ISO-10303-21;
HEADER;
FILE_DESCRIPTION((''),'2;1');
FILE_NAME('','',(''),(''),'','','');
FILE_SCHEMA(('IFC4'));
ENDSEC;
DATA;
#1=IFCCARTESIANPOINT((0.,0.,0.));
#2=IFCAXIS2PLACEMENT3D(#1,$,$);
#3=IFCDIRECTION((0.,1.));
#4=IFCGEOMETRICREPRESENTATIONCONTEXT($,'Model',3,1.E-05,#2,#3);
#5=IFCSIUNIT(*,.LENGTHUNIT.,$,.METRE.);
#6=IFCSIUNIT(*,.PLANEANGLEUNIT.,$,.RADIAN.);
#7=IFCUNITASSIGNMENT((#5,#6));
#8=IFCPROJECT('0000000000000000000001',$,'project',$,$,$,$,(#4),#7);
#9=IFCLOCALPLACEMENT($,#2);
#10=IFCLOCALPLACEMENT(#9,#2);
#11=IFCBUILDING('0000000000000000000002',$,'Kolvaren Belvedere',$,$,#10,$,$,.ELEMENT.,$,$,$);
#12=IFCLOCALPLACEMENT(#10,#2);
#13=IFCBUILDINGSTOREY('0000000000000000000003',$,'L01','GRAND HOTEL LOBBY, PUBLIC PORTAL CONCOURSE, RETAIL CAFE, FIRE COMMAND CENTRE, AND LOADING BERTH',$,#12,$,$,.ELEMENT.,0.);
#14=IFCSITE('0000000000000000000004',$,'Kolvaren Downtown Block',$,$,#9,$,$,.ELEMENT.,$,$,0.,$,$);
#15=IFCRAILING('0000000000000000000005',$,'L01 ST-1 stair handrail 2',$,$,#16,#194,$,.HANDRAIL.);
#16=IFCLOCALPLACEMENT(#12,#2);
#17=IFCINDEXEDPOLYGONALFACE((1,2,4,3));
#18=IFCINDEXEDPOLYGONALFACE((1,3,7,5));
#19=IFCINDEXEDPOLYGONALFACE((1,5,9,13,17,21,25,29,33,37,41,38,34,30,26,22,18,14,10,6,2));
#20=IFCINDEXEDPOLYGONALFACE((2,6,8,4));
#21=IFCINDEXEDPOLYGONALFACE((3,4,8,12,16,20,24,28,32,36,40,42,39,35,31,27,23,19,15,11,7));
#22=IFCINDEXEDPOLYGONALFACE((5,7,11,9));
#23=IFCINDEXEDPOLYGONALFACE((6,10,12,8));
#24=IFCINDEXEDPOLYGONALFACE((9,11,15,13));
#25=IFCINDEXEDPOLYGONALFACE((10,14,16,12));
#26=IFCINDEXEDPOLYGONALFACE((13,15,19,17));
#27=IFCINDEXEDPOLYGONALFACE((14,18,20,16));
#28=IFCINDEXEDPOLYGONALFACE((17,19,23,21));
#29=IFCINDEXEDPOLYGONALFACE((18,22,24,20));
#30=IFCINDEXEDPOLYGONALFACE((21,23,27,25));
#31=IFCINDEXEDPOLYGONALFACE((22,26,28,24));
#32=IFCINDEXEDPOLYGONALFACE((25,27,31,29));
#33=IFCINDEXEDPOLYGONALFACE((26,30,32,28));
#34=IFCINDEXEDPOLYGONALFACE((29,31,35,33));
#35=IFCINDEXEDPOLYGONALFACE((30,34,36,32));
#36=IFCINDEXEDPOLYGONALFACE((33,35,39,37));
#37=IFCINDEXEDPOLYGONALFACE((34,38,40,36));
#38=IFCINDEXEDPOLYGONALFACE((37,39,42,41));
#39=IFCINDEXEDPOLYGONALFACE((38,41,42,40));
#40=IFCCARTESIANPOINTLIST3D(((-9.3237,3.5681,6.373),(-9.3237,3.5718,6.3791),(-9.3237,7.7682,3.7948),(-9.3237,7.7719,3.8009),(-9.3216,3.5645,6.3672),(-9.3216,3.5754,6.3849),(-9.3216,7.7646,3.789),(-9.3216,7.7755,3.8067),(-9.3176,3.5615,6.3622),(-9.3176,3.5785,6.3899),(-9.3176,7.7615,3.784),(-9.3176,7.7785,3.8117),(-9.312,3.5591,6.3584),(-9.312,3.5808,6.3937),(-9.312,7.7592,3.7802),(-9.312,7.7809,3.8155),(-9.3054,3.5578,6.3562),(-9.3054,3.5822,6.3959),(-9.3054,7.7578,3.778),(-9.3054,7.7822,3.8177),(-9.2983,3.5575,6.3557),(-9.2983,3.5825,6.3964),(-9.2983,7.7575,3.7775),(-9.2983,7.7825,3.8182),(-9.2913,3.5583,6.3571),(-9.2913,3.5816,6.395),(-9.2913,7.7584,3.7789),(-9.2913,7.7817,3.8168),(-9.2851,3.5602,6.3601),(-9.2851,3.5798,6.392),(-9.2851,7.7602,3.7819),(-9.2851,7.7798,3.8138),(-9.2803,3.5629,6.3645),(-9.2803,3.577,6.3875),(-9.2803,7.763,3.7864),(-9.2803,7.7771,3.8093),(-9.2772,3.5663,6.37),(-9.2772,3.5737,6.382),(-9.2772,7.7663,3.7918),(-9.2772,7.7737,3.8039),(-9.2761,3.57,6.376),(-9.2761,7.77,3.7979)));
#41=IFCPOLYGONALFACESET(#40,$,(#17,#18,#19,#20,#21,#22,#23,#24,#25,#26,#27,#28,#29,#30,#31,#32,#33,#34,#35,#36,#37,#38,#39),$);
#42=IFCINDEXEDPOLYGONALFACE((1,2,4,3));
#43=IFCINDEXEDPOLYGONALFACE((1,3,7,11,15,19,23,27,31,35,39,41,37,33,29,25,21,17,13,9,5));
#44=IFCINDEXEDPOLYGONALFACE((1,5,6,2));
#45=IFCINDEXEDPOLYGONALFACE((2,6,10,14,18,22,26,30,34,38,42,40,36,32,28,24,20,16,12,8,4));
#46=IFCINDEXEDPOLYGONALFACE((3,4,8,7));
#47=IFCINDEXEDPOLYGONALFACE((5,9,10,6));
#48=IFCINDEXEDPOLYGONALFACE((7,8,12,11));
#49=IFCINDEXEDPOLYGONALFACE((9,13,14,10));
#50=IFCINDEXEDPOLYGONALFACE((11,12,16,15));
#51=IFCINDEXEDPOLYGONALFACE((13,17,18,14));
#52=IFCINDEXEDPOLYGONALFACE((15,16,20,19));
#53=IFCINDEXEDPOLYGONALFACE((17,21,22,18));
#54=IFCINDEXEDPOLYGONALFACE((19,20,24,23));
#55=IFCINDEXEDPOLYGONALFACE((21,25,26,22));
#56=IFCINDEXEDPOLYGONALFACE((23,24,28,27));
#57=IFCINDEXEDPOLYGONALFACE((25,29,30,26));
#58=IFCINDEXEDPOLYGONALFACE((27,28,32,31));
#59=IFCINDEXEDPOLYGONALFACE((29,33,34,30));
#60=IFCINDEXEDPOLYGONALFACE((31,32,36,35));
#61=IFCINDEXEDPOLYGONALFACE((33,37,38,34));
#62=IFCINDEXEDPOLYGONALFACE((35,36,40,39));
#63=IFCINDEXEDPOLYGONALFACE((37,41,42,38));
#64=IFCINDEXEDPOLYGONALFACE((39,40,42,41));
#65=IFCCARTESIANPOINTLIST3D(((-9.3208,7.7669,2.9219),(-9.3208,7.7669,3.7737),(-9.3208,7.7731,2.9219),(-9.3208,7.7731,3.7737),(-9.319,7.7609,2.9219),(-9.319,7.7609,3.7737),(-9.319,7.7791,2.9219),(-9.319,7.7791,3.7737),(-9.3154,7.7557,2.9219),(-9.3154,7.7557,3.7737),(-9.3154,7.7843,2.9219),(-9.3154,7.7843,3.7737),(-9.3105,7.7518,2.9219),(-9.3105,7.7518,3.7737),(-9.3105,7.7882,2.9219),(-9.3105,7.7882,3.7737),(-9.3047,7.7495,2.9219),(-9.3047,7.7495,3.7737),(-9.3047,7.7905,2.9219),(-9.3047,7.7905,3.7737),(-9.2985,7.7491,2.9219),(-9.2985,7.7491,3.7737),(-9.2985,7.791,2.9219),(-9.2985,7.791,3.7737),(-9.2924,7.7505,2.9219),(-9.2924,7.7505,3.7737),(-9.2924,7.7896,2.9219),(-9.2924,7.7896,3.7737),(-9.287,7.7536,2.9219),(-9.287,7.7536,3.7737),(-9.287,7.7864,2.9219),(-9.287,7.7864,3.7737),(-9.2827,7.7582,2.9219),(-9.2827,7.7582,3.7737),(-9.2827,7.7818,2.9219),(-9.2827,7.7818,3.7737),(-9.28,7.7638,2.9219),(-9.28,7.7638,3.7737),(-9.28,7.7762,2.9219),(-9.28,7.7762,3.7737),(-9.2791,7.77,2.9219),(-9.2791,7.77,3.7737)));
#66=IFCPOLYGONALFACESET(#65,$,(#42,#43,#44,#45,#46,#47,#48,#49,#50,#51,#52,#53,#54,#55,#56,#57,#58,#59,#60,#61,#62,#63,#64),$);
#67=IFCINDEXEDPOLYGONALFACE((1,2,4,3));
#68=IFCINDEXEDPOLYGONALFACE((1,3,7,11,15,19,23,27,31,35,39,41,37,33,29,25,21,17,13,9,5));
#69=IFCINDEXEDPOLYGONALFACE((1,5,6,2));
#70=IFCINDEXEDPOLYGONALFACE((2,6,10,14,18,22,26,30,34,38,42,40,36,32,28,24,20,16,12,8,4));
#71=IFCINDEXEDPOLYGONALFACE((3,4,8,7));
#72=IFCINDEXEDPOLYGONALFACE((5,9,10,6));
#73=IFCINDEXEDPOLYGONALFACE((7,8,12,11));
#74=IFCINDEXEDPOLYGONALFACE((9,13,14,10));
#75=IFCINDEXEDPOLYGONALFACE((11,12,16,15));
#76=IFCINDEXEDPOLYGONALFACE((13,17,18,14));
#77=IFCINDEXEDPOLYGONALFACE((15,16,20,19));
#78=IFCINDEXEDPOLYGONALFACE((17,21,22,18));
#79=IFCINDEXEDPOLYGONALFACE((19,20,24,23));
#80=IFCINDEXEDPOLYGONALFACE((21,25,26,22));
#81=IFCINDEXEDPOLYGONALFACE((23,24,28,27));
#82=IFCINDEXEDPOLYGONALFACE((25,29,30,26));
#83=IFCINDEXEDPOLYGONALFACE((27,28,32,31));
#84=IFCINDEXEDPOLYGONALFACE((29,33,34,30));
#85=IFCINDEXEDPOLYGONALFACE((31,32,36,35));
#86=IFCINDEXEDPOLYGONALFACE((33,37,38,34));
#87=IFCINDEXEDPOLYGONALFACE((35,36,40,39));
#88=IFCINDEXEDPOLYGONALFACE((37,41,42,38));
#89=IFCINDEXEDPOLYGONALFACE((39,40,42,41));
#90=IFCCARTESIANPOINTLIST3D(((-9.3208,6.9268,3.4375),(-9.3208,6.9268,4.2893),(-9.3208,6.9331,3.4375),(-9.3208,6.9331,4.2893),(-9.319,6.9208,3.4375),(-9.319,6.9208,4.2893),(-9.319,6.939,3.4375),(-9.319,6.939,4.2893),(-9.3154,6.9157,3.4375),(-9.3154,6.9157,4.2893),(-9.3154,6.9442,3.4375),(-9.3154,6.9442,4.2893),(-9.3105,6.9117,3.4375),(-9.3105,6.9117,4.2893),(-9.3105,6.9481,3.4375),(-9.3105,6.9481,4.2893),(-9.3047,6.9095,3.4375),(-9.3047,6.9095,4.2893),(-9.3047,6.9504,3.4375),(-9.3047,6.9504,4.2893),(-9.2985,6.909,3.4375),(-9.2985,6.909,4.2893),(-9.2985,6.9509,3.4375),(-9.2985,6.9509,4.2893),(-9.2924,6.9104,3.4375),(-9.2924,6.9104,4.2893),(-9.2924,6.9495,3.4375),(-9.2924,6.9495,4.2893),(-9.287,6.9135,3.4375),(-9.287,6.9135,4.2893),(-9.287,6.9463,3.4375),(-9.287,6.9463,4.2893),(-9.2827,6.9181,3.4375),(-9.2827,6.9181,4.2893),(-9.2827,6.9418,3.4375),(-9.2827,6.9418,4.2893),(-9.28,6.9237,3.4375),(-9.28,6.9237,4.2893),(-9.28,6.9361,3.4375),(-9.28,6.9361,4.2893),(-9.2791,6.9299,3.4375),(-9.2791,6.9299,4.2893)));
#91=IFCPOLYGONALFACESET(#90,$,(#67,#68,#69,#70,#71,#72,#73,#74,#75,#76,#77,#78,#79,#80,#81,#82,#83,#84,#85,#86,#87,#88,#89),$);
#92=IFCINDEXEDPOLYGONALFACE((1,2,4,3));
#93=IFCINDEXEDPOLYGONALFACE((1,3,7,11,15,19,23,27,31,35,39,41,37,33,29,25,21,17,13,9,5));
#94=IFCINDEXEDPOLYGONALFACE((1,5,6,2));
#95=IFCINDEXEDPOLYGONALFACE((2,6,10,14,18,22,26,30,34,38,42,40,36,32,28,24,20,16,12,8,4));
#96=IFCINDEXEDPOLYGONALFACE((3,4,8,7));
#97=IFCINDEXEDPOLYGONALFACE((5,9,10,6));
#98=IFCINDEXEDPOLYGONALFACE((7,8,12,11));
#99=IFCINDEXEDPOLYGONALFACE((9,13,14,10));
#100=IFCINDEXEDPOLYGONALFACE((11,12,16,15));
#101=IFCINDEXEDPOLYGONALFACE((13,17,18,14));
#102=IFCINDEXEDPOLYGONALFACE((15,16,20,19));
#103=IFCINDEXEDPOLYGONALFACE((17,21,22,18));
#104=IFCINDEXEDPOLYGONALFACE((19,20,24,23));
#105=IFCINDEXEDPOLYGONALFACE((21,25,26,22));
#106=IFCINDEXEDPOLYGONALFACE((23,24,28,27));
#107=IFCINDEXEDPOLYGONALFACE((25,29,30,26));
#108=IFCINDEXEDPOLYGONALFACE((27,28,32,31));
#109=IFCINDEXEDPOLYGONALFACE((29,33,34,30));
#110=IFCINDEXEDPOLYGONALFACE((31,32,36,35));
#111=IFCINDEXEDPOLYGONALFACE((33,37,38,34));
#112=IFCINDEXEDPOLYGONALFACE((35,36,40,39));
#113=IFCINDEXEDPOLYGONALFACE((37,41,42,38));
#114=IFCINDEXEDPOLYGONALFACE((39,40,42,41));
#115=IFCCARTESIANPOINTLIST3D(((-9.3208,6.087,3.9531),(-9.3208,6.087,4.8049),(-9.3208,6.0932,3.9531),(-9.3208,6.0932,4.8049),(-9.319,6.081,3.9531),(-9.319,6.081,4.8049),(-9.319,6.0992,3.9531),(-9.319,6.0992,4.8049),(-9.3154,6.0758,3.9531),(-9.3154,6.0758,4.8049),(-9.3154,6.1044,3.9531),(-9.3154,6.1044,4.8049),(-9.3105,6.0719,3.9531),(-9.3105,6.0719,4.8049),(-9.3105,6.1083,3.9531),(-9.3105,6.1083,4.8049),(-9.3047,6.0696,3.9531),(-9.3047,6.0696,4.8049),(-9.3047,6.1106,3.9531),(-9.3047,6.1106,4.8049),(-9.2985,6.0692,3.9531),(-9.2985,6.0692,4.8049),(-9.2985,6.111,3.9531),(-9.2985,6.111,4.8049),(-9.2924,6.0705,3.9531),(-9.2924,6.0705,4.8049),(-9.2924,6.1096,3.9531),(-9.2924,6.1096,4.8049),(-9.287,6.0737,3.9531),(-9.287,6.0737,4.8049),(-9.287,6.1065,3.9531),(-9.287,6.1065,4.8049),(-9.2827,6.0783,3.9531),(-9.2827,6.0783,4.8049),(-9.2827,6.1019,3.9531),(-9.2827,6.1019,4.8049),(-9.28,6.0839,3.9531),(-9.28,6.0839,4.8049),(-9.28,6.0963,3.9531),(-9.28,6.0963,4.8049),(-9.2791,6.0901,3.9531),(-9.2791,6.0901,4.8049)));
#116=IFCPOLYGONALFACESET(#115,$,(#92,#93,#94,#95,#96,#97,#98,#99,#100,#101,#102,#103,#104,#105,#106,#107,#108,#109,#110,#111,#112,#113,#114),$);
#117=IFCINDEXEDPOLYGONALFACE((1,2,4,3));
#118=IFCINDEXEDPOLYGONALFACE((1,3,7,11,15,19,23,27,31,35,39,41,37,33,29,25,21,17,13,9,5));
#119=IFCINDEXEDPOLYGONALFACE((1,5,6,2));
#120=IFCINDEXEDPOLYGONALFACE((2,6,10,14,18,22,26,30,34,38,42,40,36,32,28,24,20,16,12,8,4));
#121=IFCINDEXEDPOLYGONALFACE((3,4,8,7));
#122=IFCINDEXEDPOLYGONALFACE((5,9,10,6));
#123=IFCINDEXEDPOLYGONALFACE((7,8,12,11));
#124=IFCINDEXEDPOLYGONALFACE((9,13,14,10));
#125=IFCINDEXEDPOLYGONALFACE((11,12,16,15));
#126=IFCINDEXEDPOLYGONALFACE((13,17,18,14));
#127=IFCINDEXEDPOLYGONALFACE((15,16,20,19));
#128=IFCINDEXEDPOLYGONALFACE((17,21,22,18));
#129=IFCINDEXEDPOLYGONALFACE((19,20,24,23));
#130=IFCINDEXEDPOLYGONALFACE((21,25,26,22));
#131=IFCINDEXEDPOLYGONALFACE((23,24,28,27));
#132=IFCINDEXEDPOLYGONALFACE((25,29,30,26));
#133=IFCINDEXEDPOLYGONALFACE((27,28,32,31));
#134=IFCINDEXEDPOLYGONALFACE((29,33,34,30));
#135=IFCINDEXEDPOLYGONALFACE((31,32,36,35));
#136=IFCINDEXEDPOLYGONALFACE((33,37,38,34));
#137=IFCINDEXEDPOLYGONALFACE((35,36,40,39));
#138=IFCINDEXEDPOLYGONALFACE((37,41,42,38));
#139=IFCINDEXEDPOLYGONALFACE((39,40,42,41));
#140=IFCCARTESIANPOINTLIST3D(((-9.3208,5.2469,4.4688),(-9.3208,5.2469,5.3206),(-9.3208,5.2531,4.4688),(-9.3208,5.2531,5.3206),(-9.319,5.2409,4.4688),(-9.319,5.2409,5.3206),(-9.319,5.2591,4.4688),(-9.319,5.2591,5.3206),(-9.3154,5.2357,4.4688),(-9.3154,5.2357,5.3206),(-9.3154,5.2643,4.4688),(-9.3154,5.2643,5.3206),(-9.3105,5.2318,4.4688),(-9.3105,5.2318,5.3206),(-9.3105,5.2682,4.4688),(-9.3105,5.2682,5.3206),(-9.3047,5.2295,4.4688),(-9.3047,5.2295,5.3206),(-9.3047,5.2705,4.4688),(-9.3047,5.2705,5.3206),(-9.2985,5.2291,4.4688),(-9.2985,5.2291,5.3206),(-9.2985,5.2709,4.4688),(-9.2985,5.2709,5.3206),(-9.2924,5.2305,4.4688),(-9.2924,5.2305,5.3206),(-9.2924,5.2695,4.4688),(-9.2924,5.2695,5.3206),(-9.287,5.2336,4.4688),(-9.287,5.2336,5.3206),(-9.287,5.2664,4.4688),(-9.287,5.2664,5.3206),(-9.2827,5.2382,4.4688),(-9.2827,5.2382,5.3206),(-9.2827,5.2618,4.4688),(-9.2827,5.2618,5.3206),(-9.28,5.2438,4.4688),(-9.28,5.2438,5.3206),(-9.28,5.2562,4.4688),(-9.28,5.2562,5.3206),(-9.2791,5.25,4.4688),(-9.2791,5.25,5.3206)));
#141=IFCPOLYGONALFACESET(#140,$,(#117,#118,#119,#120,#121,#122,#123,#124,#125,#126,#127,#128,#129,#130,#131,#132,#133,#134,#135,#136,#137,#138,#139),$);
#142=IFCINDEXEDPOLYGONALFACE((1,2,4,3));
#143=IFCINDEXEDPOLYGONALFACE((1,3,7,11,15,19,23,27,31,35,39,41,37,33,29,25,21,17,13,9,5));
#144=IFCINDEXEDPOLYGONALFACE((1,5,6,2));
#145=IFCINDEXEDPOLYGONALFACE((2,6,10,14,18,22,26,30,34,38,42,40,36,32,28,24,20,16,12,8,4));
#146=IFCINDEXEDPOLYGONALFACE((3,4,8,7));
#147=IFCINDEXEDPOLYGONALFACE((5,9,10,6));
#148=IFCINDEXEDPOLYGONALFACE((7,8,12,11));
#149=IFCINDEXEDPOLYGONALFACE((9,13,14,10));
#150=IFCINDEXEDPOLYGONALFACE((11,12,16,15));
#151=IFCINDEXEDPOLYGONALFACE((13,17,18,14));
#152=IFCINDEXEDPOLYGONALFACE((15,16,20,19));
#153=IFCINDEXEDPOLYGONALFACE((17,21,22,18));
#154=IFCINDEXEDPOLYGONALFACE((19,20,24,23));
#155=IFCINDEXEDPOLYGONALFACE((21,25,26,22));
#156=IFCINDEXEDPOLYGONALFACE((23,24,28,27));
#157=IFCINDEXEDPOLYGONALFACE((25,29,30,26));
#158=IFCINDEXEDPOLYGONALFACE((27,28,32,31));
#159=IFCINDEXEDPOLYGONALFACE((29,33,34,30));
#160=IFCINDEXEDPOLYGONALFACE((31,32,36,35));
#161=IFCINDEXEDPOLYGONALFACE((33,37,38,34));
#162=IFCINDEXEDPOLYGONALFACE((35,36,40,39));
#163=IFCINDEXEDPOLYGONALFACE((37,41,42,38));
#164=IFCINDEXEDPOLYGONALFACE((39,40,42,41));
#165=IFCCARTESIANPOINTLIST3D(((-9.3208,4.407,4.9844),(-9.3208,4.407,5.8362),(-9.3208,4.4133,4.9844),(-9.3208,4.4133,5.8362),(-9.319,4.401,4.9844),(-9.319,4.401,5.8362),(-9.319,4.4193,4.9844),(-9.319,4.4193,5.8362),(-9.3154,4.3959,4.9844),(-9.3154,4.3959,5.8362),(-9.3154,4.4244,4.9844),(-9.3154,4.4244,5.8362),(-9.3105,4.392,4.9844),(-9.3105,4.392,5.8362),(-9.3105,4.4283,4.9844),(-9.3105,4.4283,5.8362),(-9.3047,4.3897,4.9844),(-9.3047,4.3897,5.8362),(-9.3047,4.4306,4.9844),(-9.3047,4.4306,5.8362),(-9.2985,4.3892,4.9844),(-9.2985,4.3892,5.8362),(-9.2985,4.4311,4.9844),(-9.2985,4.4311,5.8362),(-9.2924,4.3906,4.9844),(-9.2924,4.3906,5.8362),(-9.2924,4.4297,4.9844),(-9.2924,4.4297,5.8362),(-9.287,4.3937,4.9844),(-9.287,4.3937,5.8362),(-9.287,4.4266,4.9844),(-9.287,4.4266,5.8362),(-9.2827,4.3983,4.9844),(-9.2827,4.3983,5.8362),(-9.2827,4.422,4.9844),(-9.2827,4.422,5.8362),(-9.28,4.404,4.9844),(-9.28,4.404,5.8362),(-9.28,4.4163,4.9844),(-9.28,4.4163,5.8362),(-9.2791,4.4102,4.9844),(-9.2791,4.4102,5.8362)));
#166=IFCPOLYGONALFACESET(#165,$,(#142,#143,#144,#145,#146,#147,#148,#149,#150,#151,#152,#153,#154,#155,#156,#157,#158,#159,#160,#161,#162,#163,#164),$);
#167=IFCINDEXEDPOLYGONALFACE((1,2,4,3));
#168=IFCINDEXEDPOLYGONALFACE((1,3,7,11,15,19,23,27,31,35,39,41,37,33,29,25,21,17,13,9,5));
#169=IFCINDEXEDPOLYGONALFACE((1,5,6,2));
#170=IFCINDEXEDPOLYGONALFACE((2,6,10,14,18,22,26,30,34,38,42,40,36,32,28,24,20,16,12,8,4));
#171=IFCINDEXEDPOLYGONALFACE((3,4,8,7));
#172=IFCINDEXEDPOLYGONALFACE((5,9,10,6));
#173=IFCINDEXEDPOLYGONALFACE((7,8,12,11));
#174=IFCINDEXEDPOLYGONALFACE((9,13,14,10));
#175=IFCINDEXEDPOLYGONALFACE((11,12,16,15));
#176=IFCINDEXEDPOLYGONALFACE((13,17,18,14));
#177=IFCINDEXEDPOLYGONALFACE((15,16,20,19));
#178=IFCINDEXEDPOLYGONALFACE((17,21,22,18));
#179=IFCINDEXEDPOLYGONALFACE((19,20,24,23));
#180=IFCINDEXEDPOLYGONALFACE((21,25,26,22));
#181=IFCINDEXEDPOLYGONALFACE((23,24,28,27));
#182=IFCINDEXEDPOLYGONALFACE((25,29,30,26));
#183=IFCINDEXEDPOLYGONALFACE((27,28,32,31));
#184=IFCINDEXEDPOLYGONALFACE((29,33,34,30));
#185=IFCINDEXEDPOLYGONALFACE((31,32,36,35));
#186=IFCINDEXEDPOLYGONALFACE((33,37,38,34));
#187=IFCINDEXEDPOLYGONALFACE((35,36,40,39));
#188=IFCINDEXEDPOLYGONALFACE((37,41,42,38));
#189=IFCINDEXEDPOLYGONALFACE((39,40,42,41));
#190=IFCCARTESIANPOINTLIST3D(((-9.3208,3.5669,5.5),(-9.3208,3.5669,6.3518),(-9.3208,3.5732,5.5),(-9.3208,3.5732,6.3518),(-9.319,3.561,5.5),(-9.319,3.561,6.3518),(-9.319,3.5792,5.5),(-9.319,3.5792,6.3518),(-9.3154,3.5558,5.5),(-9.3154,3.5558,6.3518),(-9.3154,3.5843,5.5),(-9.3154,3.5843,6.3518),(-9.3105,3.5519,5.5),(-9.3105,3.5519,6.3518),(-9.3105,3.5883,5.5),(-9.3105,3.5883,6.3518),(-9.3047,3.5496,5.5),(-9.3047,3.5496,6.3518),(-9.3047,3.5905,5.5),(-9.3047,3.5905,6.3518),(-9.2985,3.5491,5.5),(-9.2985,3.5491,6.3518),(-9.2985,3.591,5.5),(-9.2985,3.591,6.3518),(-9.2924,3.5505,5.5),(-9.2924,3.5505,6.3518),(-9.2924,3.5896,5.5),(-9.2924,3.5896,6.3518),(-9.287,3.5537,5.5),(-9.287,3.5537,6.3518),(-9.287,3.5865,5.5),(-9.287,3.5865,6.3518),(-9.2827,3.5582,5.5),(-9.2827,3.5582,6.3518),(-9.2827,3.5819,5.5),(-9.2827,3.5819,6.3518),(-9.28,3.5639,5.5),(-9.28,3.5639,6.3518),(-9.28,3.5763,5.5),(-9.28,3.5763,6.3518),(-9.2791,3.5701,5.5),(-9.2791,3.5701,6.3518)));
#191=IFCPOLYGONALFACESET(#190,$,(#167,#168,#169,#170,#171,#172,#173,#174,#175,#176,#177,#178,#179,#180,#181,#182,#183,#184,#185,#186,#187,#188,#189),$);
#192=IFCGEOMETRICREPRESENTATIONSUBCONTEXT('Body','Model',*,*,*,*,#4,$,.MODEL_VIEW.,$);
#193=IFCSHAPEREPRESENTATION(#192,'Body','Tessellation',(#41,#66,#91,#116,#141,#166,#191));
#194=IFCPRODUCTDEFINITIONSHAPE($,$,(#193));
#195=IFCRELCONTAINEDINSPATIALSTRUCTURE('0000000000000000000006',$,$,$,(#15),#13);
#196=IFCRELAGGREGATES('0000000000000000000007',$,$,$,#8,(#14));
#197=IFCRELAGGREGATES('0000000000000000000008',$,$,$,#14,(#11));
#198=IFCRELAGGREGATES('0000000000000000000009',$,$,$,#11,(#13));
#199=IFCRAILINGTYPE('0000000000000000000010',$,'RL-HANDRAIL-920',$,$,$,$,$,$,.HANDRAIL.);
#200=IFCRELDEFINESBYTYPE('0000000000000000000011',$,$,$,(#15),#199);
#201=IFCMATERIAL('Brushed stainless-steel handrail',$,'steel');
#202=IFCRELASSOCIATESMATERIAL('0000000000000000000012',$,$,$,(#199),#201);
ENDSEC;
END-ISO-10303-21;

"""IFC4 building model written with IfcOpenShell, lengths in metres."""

from ifc_helpers import new_model, si_unit, direction, frame, origin, origin_2d, place, context, subcontext, project, spatial, circle, extrude, material, type_object, element, save


model = new_model("IFC4")

# Units and contexts
model_context = context("Model", 3, precision=1e-05, world=origin(), true_north=direction((0.0, 1.0)))
body_context = subcontext(model_context, "Body", "Model", "MODEL_VIEW")
ifc_project = project(units=[si_unit("LENGTHUNIT", "METRE"), si_unit("PLANEANGLEUNIT", "RADIAN")], contexts=[model_context])

# Site, building, storey
site_placement = place(None, origin())
site = spatial("IfcSite", under=ifc_project, at=site_placement, Name="Kolvaren Downtown Block", CompositionType="ELEMENT", RefElevation=0.0)
building_placement = place(site_placement, origin())
building = spatial("IfcBuilding", under=site, at=building_placement, Name="Kolvaren Belvedere", CompositionType="ELEMENT")
storey_placement = place(building_placement, origin())
storey = spatial("IfcBuildingStorey", under=building, at=storey_placement, Name="L01", Description="GRAND HOTEL LOBBY, PUBLIC PORTAL CONCOURSE, RETAIL CAFE, FIRE COMMAND CENTRE, AND LOADING BERTH", CompositionType="ELEMENT", Elevation=0.0)

# Railing
ifc_material_1 = material(Name="Brushed stainless-steel handrail", Category="steel")
railing_type_1 = type_object("IfcRailingType", Name="RL-HANDRAIL-920", PredefinedType="HANDRAIL", material=ifc_material_1)
railing_1_placement = place(storey_placement, frame((-9.3, 7.77, 2.9219)))
element("IfcRailing", 1, at=railing_1_placement, inside=storey, type_object=railing_type_1, Name="L01 ST-1 stair handrail 2", PredefinedType="HANDRAIL", context=body_context, shape_type="SweptSolid", body=[
    extrude(circle(Radius=0.0239, at=origin_2d()), frame((0.0, 0.0, 0.876), z_axis=(0.0, -0.852243, 0.523146), x_axis=(1.0, 0.0, 0.0)), (0.0, 0.0, 1.0), 4.9282),
    extrude(circle(Radius=0.021, at=origin_2d()), origin(), (0.0, 0.0, 1.0), 0.8518),
    extrude(circle(Radius=0.021, at=origin_2d()), frame((0.0, -0.8401, 0.5156)), (0.0, 0.0, 1.0), 0.8518),
    extrude(circle(Radius=0.021, at=origin_2d()), frame((0.0, -1.6799, 1.0312)), (0.0, 0.0, 1.0), 0.8518),
    extrude(circle(Radius=0.021, at=origin_2d()), frame((0.0, -2.52, 1.5469)), (0.0, 0.0, 1.0), 0.8518),
    extrude(circle(Radius=0.021, at=origin_2d()), frame((0.0, -3.3599, 2.0625)), (0.0, 0.0, 1.0), 0.8518),
    extrude(circle(Radius=0.021, at=origin_2d()), frame((0.0, -4.2, 2.5781)), (0.0, 0.0, 1.0), 0.8518),
])

save(model, "model.ifc")
